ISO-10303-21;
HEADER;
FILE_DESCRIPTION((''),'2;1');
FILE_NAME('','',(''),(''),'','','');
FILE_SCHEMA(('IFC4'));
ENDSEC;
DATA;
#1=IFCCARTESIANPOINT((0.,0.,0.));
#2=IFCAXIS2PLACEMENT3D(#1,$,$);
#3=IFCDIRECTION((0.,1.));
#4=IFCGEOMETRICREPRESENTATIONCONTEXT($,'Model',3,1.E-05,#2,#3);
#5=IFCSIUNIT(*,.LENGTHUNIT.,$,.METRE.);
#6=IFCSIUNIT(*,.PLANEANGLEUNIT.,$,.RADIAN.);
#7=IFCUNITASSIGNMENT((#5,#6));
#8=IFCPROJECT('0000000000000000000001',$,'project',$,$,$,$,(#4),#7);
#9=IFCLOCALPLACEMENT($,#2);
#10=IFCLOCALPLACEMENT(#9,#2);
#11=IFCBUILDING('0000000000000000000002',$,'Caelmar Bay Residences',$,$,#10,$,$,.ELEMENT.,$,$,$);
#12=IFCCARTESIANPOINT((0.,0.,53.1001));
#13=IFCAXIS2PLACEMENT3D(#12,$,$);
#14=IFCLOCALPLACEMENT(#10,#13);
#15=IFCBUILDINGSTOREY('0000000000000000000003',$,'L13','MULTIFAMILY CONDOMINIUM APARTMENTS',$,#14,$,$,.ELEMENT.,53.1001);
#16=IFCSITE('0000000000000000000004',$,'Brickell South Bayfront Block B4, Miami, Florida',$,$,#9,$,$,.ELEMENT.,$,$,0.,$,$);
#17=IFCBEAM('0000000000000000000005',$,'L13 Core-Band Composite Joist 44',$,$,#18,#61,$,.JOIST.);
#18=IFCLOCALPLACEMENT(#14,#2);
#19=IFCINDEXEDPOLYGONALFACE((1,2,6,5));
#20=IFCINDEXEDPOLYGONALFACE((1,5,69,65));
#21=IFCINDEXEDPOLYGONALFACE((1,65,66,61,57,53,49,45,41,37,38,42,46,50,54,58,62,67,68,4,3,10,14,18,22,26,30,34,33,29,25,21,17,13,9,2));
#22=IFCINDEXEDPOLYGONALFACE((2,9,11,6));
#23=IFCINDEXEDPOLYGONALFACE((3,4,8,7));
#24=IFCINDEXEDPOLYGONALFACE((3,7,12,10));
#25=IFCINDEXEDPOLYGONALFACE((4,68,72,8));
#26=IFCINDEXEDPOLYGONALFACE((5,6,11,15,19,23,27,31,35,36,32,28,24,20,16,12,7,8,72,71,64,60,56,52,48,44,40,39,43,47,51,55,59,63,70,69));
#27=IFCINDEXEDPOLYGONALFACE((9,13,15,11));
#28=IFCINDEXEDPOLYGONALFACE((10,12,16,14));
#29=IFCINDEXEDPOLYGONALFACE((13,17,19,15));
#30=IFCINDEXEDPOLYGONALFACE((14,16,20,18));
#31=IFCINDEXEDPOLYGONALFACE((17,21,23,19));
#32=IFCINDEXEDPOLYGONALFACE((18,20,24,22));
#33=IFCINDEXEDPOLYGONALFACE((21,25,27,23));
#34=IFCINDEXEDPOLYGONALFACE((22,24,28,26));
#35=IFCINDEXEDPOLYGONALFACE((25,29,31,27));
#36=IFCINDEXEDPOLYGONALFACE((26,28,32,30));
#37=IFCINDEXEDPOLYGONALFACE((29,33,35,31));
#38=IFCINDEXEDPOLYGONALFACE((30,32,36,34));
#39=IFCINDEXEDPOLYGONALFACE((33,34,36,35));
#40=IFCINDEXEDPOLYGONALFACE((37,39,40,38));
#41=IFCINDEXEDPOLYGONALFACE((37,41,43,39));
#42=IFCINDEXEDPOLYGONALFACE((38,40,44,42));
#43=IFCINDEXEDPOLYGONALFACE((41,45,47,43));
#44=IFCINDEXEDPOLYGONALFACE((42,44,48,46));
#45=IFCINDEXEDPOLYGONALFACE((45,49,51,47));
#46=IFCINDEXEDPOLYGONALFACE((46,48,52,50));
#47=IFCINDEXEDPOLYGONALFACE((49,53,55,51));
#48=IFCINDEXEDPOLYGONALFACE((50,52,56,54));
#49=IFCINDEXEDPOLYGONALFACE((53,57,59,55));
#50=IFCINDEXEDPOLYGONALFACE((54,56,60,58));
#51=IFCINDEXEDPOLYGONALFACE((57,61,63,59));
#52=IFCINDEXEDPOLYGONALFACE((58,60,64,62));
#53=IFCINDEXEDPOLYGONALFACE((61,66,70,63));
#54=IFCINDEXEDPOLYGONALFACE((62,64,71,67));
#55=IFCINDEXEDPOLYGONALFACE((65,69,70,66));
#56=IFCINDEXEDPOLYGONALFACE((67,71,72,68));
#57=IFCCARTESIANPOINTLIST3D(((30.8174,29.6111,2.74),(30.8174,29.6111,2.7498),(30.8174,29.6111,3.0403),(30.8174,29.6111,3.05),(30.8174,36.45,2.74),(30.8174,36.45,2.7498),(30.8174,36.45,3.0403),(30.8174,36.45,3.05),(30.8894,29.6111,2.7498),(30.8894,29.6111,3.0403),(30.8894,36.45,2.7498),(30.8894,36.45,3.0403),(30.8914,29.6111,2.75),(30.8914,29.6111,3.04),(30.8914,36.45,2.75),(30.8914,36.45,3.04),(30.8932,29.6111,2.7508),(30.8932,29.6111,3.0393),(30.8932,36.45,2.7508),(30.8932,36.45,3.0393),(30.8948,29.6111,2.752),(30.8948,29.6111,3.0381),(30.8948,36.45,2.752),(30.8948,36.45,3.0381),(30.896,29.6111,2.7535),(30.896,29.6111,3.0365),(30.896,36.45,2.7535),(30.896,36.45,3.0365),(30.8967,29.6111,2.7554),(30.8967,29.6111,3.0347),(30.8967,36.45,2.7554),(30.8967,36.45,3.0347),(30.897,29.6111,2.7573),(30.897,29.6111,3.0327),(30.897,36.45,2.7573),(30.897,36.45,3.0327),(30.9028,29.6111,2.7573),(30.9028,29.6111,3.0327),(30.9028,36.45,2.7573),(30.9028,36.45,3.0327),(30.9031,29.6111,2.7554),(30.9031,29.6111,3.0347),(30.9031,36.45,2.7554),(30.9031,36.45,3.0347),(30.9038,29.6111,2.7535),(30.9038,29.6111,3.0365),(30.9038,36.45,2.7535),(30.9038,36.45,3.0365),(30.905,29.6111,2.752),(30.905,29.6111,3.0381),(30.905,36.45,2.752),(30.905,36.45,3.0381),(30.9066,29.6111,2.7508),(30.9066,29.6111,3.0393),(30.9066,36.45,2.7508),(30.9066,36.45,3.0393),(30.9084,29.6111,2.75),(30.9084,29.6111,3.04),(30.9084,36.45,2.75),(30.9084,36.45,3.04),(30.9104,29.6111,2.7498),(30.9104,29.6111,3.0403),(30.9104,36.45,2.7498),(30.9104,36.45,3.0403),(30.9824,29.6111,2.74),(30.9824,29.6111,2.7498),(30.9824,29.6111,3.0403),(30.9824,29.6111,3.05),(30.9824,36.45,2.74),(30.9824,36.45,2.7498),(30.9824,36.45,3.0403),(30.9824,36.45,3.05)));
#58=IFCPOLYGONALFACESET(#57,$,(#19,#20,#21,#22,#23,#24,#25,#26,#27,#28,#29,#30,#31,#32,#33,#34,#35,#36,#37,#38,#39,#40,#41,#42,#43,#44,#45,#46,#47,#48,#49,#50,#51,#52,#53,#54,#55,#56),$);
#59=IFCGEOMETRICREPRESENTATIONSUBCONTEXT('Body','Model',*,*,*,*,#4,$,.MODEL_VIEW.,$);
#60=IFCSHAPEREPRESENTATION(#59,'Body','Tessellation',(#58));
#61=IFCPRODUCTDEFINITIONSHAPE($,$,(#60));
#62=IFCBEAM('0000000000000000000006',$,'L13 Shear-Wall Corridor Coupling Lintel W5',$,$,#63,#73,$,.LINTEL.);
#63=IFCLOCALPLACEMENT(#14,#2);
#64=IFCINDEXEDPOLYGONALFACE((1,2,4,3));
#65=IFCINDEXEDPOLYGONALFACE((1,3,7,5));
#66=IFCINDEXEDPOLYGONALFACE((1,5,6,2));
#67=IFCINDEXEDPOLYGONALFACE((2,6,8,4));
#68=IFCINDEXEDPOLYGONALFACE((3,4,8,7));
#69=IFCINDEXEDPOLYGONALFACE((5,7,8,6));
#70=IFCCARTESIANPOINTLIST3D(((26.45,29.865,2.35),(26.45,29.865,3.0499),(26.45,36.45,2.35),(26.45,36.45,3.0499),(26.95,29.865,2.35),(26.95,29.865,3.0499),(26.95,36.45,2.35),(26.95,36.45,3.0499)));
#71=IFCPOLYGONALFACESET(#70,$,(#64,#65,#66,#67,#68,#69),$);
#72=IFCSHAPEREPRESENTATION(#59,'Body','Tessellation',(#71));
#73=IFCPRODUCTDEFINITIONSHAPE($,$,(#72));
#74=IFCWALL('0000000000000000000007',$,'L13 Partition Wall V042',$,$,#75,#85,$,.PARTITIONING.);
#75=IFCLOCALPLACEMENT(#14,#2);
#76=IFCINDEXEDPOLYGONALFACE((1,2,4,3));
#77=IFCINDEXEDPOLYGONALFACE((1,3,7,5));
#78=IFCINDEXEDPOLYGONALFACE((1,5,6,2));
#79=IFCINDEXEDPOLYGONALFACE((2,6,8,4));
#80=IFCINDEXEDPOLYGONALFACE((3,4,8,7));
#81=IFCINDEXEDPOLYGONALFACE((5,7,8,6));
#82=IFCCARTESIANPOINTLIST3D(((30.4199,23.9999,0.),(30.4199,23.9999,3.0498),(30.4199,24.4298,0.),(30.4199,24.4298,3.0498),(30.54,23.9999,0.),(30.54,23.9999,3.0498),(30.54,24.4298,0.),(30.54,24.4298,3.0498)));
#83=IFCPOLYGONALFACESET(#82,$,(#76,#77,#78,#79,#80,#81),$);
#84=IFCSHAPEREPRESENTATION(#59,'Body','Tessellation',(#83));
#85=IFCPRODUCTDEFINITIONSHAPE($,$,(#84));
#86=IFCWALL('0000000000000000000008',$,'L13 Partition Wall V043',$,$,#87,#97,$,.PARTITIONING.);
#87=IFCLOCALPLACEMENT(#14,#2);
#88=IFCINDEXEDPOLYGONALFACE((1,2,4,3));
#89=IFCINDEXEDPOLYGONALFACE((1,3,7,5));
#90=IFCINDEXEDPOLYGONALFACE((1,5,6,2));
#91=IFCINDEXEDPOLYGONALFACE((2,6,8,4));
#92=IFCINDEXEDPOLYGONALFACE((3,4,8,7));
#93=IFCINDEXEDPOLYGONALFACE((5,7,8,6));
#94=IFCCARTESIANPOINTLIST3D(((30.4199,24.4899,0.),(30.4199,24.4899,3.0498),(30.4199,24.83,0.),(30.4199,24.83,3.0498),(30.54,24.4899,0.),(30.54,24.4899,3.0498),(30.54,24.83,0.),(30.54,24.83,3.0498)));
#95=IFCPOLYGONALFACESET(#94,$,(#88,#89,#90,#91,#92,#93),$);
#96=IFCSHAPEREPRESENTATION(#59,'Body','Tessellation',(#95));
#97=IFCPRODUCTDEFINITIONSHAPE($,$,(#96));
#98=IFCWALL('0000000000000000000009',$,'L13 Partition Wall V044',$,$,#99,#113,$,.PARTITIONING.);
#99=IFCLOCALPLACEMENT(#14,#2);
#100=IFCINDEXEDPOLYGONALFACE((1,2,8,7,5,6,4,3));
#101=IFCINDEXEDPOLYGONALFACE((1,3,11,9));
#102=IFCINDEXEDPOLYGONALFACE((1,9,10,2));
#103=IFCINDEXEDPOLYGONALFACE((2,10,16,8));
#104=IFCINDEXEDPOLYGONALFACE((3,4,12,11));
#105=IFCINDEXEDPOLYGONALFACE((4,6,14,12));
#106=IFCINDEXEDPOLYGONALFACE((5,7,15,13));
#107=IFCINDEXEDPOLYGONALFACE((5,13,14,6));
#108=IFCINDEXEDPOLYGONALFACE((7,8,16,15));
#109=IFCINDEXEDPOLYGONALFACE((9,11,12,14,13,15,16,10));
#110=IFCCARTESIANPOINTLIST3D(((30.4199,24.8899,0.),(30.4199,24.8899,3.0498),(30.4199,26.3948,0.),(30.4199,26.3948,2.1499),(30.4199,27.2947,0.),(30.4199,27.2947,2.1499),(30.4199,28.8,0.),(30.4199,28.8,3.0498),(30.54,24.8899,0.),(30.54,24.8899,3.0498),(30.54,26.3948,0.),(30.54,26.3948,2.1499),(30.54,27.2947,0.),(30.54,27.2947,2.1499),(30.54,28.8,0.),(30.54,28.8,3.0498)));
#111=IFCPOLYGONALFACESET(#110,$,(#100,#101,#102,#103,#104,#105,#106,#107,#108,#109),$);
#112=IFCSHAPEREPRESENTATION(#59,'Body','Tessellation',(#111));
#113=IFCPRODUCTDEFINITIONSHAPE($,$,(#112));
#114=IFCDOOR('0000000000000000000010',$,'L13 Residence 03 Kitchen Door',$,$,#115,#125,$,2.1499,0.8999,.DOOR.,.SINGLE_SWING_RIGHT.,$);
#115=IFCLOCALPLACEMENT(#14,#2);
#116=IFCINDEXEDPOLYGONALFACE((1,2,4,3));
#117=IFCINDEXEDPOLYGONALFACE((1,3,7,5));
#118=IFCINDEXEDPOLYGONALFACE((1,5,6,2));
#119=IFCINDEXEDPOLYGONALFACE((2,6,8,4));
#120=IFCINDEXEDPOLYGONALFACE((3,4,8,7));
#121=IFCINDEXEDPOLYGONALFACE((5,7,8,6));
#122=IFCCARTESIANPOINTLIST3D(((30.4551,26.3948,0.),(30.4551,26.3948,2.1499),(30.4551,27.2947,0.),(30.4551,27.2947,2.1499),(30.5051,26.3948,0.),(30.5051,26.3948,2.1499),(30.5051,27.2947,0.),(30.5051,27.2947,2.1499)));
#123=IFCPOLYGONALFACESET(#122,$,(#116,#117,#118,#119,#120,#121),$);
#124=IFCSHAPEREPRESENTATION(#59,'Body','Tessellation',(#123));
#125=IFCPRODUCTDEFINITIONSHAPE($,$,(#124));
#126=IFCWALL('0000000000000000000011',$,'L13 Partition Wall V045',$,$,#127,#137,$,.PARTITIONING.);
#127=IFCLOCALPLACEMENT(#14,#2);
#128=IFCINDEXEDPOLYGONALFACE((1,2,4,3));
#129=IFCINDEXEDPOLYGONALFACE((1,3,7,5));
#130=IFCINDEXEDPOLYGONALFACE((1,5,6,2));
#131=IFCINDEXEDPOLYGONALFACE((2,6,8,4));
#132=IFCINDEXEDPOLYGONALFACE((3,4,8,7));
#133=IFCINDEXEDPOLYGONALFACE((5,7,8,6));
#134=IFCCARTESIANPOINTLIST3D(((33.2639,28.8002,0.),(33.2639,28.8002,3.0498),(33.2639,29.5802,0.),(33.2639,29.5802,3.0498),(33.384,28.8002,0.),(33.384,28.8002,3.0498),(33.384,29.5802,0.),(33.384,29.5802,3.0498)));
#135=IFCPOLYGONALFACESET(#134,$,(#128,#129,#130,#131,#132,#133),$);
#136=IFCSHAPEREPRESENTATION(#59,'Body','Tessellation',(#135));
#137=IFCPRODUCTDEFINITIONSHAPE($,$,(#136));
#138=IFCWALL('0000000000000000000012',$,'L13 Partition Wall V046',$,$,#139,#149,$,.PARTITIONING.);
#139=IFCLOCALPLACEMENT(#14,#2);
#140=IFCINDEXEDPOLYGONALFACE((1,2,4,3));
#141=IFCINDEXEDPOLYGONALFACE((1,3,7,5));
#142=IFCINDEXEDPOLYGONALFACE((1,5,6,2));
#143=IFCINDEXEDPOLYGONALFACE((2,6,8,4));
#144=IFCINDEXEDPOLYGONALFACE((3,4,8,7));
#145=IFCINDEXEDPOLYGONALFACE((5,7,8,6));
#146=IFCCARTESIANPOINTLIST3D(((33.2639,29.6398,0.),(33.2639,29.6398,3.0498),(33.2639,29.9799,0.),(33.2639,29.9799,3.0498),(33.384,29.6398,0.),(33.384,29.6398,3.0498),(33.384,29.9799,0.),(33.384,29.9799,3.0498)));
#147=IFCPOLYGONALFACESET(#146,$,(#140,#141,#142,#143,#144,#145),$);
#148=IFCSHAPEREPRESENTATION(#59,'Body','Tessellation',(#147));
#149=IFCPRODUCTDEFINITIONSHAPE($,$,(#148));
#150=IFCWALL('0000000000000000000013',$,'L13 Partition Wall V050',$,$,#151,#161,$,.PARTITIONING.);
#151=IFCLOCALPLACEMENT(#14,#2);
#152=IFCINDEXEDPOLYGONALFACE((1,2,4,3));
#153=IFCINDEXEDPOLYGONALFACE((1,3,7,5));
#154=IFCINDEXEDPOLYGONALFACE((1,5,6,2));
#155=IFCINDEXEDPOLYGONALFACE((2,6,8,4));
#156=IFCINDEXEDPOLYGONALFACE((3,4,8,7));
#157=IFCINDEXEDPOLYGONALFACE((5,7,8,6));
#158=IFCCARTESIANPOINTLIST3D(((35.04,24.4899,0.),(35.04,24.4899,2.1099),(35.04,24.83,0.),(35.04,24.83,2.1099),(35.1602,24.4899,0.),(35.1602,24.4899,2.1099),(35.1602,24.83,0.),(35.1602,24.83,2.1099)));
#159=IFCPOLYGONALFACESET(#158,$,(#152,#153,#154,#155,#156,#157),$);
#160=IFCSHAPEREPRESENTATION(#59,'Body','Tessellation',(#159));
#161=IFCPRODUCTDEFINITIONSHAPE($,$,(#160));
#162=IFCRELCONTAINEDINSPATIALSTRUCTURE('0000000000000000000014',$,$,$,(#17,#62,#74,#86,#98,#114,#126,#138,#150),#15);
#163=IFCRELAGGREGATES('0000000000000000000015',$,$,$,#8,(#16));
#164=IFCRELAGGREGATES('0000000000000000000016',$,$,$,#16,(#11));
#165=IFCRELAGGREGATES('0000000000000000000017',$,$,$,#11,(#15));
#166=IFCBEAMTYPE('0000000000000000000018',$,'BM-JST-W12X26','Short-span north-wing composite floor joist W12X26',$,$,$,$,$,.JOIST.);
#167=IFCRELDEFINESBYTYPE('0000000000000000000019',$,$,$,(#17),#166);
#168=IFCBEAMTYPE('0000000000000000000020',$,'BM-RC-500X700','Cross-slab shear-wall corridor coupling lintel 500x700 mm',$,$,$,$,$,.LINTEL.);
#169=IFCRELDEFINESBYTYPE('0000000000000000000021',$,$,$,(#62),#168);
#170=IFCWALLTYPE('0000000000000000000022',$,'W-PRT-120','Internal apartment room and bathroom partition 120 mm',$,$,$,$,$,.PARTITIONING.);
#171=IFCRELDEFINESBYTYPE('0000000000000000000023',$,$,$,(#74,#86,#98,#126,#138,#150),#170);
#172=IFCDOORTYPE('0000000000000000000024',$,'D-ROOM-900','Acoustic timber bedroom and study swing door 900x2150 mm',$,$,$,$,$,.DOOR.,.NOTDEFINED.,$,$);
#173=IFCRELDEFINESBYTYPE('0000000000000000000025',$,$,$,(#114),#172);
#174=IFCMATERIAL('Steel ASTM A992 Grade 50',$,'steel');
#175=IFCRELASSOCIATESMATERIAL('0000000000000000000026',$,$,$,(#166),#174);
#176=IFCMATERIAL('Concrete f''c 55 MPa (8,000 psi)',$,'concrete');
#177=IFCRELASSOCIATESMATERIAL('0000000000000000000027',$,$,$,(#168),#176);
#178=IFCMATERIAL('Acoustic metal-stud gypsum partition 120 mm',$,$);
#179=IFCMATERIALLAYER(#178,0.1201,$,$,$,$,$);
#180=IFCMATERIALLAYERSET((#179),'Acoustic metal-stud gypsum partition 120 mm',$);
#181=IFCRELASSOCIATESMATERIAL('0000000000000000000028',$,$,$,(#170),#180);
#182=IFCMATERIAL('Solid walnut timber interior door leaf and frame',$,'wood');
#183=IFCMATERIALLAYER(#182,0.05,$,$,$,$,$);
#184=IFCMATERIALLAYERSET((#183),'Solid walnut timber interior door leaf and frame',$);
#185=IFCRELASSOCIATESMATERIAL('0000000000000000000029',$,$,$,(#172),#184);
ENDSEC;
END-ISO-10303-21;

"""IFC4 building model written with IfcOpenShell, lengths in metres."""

from ifc_helpers import new_model, si_unit, direction, frame, frame_2d, origin, origin_2d, place, context, subcontext, project, spatial, rectangle, i_section, extrude, material, layer, layer_set, material_profile, profile_set, type_object, element, fill, save


model = new_model("IFC4")

# Units and contexts
model_context = context("Model", 3, precision=1e-05, world=origin(), true_north=direction((0.0, 1.0)))
body_context = subcontext(model_context, "Body", "Model", "MODEL_VIEW")
ifc_project = project(units=[si_unit("LENGTHUNIT", "METRE"), si_unit("PLANEANGLEUNIT", "RADIAN")], contexts=[model_context])

# Site, building, storey
site_placement = place(None, origin())
site = spatial("IfcSite", under=ifc_project, at=site_placement, Name="Brickell South Bayfront Block B4, Miami, Florida", CompositionType="ELEMENT", RefElevation=0.0)
building_placement = place(site_placement, origin())
building = spatial("IfcBuilding", under=site, at=building_placement, Name="Caelmar Bay Residences", CompositionType="ELEMENT")
storey_placement = place(building_placement, frame((0.0, 0.0, 53.1001)))
storey = spatial("IfcBuildingStorey", under=building, at=storey_placement, Name="L13", Description="MULTIFAMILY CONDOMINIUM APARTMENTS", CompositionType="ELEMENT", Elevation=53.1001)

# Beams
ifc_material_1 = material(Name="Steel ASTM A992 Grade 50", Category="steel")
ifc_material_profile_1 = material_profile(ifc_material_1, i_section(OverallWidth=0.165, OverallDepth=0.3101, WebThickness=0.0059, FlangeThickness=0.0098, FilletRadius=0.0076, at=origin_2d()), Name="W12X26")
ifc_profile_set_1 = profile_set([ifc_material_profile_1], Name="Steel ASTM A992 Grade 50")
beam_type_1 = type_object("IfcBeamType", Name="BM-JST-W12X26", Description="Short-span north-wing composite floor joist W12X26", PredefinedType="JOIST", material=ifc_profile_set_1)
beam_1_placement = place(storey_placement, frame((30.8999, 29.6111, 2.895), z_axis=(0.0, 1.0, 0.0), x_axis=(-1.0, 0.0, 0.0)))
element("IfcBeam", 1, at=beam_1_placement, inside=storey, type_object=beam_type_1, Name="L13 Core-Band Composite Joist 44", PredefinedType="JOIST", context=body_context, shape_type="SweptSolid", body=[
    extrude(i_section(OverallWidth=0.165, OverallDepth=0.3101, WebThickness=0.0059, FlangeThickness=0.0098, FilletRadius=0.0076, at=origin_2d()), origin(), (0.0, 0.0, 1.0), 6.8389),
])
ifc_material_2 = material(Name="Concrete f'c 55 MPa (8,000 psi)", Category="concrete")
ifc_material_profile_2 = material_profile(ifc_material_2, rectangle(XDim=0.5, YDim=0.7, at=origin_2d()), Name="RC-BM-500X700")
ifc_profile_set_2 = profile_set([ifc_material_profile_2], Name="Concrete f'c 55 MPa (8,000 psi)")
beam_type_2 = type_object("IfcBeamType", Name="BM-RC-500X700", Description="Cross-slab shear-wall corridor coupling lintel 500x700 mm", PredefinedType="LINTEL", material=ifc_profile_set_2)
beam_2_placement = place(storey_placement, frame((26.7, 29.865, 2.7), z_axis=(0.0, 1.0, 0.0), x_axis=(-1.0, 0.0, 0.0)))
element("IfcBeam", 2, at=beam_2_placement, inside=storey, type_object=beam_type_2, Name="L13 Shear-Wall Corridor Coupling Lintel W5", PredefinedType="LINTEL", context=body_context, shape_type="SweptSolid", body=[
    extrude(rectangle(XDim=0.5, YDim=0.7, at=origin_2d()), origin(), (0.0, 0.0, 1.0), 6.585),
])

# Walls
ifc_material_3 = material(Name="Acoustic metal-stud gypsum partition 120 mm")
ifc_layer_1 = layer(ifc_material_3, 0.1201)
ifc_layer_set_1 = layer_set([ifc_layer_1], Name="Acoustic metal-stud gypsum partition 120 mm")
wall_type = type_object("IfcWallType", Name="W-PRT-120", Description="Internal apartment room and bathroom partition 120 mm", PredefinedType="PARTITIONING", material=ifc_layer_set_1)
wall_1_placement = place(storey_placement, frame((30.48, 24.0, 0.0), z_axis=(0.0, 0.0, 1.0), x_axis=(0.0, 1.0, 0.0)))
element("IfcWall", 3, at=wall_1_placement, inside=storey, type_object=wall_type, Name="L13 Partition Wall V042", PredefinedType="PARTITIONING", context=body_context, shape_type="SweptSolid", body=[
    extrude(rectangle(XDim=0.4299, YDim=0.1201, at=frame_2d((0.2148, 0.0))), origin(), (0.0, 0.0, 1.0), 3.0498),
])
wall_2_placement = place(storey_placement, frame((30.48, 24.49, 0.0), z_axis=(0.0, 0.0, 1.0), x_axis=(0.0, 1.0, 0.0)))
element("IfcWall", 4, at=wall_2_placement, inside=storey, type_object=wall_type, Name="L13 Partition Wall V043", PredefinedType="PARTITIONING", context=body_context, shape_type="SweptSolid", body=[
    extrude(rectangle(XDim=0.3401, YDim=0.1201, at=frame_2d((0.1699, 0.0))), origin(), (0.0, 0.0, 1.0), 3.0498),
])

# Wall, opening, door
wall_3_placement = place(storey_placement, frame((30.48, 24.8899, 0.0), z_axis=(0.0, 0.0, 1.0), x_axis=(0.0, 1.0, 0.0)))
wall_3 = element("IfcWall", 5, at=wall_3_placement, inside=storey, type_object=wall_type, Name="L13 Partition Wall V044", PredefinedType="PARTITIONING", context=body_context, shape_type="SweptSolid", body=[
    extrude(rectangle(XDim=3.9102, YDim=0.1201, at=frame_2d((1.9551, 0.0))), origin(), (0.0, 0.0, 1.0), 3.0498),
])
opening_1_placement = place(wall_3_placement, frame((1.5049, 0.0, 0.0)))
opening_1 = element("IfcOpeningElement", 6, at=opening_1_placement, cuts=wall_3, PredefinedType="OPENING", context=body_context, shape_type="SweptSolid", body=[
    extrude(rectangle(XDim=0.8999, YDim=2.1499, at=frame_2d((0.45, 1.075))), frame((0.0, 0.0701, 0.0), z_axis=(0.0, -1.0, 0.0), x_axis=(1.0, 0.0, 0.0)), (0.0, 0.0, 1.0), 0.1401),
])
ifc_material_4 = material(Name="Solid walnut timber interior door leaf and frame", Category="wood")
ifc_layer_2 = layer(ifc_material_4, 0.05)
ifc_layer_set_2 = layer_set([ifc_layer_2], Name="Solid walnut timber interior door leaf and frame")
door_type = type_object("IfcDoorType", Name="D-ROOM-900", Description="Acoustic timber bedroom and study swing door 900x2150 mm", OperationType="NOTDEFINED", PredefinedType="DOOR", material=ifc_layer_set_2)
door_1_placement = place(opening_1_placement, origin())
door_1 = element("IfcDoor", 7, at=door_1_placement, inside=storey, type_object=door_type, Name="L13 Residence 03 Kitchen Door", OperationType="SINGLE_SWING_RIGHT", OverallHeight=2.1499, OverallWidth=0.8999, PredefinedType="DOOR", context=body_context, shape_type="SweptSolid", body=[
    extrude(rectangle(XDim=0.8999, YDim=2.1499, at=frame_2d((0.45, 1.075))), frame((0.0, 0.0249, 0.0), z_axis=(0.0, -1.0, 0.0), x_axis=(1.0, 0.0, 0.0)), (0.0, 0.0, 1.0), 0.05),
])
fill(opening_1, door_1)

# Walls
wall_4_placement = place(storey_placement, frame((33.324, 28.8, 0.0), z_axis=(0.0, 0.0, 1.0), x_axis=(0.0, 1.0, 0.0)))
element("IfcWall", 8, at=wall_4_placement, inside=storey, type_object=wall_type, Name="L13 Partition Wall V045", PredefinedType="PARTITIONING", context=body_context, shape_type="SweptSolid", body=[
    extrude(rectangle(XDim=0.78, YDim=0.1201, at=frame_2d((0.3901, 0.0))), origin(), (0.0, 0.0, 1.0), 3.0498),
])
wall_5_placement = place(storey_placement, frame((33.324, 29.6399, 0.0), z_axis=(0.0, 0.0, 1.0), x_axis=(0.0, 1.0, 0.0)))
element("IfcWall", 9, at=wall_5_placement, inside=storey, type_object=wall_type, Name="L13 Partition Wall V046", PredefinedType="PARTITIONING", context=body_context, shape_type="SweptSolid", body=[
    extrude(rectangle(XDim=0.3401, YDim=0.1201, at=frame_2d((0.1699, 0.0))), origin(), (0.0, 0.0, 1.0), 3.0498),
])
wall_6_placement = place(storey_placement, frame((35.1001, 24.49, 0.0), z_axis=(0.0, 0.0, 1.0), x_axis=(0.0, 1.0, 0.0)))
element("IfcWall", 10, at=wall_6_placement, inside=storey, type_object=wall_type, Name="L13 Partition Wall V050", PredefinedType="PARTITIONING", context=body_context, shape_type="SweptSolid", body=[
    extrude(rectangle(XDim=0.3401, YDim=0.1201, at=frame_2d((0.1699, 0.0))), origin(), (0.0, 0.0, 1.0), 2.1099),
])

save(model, "model.ifc")
